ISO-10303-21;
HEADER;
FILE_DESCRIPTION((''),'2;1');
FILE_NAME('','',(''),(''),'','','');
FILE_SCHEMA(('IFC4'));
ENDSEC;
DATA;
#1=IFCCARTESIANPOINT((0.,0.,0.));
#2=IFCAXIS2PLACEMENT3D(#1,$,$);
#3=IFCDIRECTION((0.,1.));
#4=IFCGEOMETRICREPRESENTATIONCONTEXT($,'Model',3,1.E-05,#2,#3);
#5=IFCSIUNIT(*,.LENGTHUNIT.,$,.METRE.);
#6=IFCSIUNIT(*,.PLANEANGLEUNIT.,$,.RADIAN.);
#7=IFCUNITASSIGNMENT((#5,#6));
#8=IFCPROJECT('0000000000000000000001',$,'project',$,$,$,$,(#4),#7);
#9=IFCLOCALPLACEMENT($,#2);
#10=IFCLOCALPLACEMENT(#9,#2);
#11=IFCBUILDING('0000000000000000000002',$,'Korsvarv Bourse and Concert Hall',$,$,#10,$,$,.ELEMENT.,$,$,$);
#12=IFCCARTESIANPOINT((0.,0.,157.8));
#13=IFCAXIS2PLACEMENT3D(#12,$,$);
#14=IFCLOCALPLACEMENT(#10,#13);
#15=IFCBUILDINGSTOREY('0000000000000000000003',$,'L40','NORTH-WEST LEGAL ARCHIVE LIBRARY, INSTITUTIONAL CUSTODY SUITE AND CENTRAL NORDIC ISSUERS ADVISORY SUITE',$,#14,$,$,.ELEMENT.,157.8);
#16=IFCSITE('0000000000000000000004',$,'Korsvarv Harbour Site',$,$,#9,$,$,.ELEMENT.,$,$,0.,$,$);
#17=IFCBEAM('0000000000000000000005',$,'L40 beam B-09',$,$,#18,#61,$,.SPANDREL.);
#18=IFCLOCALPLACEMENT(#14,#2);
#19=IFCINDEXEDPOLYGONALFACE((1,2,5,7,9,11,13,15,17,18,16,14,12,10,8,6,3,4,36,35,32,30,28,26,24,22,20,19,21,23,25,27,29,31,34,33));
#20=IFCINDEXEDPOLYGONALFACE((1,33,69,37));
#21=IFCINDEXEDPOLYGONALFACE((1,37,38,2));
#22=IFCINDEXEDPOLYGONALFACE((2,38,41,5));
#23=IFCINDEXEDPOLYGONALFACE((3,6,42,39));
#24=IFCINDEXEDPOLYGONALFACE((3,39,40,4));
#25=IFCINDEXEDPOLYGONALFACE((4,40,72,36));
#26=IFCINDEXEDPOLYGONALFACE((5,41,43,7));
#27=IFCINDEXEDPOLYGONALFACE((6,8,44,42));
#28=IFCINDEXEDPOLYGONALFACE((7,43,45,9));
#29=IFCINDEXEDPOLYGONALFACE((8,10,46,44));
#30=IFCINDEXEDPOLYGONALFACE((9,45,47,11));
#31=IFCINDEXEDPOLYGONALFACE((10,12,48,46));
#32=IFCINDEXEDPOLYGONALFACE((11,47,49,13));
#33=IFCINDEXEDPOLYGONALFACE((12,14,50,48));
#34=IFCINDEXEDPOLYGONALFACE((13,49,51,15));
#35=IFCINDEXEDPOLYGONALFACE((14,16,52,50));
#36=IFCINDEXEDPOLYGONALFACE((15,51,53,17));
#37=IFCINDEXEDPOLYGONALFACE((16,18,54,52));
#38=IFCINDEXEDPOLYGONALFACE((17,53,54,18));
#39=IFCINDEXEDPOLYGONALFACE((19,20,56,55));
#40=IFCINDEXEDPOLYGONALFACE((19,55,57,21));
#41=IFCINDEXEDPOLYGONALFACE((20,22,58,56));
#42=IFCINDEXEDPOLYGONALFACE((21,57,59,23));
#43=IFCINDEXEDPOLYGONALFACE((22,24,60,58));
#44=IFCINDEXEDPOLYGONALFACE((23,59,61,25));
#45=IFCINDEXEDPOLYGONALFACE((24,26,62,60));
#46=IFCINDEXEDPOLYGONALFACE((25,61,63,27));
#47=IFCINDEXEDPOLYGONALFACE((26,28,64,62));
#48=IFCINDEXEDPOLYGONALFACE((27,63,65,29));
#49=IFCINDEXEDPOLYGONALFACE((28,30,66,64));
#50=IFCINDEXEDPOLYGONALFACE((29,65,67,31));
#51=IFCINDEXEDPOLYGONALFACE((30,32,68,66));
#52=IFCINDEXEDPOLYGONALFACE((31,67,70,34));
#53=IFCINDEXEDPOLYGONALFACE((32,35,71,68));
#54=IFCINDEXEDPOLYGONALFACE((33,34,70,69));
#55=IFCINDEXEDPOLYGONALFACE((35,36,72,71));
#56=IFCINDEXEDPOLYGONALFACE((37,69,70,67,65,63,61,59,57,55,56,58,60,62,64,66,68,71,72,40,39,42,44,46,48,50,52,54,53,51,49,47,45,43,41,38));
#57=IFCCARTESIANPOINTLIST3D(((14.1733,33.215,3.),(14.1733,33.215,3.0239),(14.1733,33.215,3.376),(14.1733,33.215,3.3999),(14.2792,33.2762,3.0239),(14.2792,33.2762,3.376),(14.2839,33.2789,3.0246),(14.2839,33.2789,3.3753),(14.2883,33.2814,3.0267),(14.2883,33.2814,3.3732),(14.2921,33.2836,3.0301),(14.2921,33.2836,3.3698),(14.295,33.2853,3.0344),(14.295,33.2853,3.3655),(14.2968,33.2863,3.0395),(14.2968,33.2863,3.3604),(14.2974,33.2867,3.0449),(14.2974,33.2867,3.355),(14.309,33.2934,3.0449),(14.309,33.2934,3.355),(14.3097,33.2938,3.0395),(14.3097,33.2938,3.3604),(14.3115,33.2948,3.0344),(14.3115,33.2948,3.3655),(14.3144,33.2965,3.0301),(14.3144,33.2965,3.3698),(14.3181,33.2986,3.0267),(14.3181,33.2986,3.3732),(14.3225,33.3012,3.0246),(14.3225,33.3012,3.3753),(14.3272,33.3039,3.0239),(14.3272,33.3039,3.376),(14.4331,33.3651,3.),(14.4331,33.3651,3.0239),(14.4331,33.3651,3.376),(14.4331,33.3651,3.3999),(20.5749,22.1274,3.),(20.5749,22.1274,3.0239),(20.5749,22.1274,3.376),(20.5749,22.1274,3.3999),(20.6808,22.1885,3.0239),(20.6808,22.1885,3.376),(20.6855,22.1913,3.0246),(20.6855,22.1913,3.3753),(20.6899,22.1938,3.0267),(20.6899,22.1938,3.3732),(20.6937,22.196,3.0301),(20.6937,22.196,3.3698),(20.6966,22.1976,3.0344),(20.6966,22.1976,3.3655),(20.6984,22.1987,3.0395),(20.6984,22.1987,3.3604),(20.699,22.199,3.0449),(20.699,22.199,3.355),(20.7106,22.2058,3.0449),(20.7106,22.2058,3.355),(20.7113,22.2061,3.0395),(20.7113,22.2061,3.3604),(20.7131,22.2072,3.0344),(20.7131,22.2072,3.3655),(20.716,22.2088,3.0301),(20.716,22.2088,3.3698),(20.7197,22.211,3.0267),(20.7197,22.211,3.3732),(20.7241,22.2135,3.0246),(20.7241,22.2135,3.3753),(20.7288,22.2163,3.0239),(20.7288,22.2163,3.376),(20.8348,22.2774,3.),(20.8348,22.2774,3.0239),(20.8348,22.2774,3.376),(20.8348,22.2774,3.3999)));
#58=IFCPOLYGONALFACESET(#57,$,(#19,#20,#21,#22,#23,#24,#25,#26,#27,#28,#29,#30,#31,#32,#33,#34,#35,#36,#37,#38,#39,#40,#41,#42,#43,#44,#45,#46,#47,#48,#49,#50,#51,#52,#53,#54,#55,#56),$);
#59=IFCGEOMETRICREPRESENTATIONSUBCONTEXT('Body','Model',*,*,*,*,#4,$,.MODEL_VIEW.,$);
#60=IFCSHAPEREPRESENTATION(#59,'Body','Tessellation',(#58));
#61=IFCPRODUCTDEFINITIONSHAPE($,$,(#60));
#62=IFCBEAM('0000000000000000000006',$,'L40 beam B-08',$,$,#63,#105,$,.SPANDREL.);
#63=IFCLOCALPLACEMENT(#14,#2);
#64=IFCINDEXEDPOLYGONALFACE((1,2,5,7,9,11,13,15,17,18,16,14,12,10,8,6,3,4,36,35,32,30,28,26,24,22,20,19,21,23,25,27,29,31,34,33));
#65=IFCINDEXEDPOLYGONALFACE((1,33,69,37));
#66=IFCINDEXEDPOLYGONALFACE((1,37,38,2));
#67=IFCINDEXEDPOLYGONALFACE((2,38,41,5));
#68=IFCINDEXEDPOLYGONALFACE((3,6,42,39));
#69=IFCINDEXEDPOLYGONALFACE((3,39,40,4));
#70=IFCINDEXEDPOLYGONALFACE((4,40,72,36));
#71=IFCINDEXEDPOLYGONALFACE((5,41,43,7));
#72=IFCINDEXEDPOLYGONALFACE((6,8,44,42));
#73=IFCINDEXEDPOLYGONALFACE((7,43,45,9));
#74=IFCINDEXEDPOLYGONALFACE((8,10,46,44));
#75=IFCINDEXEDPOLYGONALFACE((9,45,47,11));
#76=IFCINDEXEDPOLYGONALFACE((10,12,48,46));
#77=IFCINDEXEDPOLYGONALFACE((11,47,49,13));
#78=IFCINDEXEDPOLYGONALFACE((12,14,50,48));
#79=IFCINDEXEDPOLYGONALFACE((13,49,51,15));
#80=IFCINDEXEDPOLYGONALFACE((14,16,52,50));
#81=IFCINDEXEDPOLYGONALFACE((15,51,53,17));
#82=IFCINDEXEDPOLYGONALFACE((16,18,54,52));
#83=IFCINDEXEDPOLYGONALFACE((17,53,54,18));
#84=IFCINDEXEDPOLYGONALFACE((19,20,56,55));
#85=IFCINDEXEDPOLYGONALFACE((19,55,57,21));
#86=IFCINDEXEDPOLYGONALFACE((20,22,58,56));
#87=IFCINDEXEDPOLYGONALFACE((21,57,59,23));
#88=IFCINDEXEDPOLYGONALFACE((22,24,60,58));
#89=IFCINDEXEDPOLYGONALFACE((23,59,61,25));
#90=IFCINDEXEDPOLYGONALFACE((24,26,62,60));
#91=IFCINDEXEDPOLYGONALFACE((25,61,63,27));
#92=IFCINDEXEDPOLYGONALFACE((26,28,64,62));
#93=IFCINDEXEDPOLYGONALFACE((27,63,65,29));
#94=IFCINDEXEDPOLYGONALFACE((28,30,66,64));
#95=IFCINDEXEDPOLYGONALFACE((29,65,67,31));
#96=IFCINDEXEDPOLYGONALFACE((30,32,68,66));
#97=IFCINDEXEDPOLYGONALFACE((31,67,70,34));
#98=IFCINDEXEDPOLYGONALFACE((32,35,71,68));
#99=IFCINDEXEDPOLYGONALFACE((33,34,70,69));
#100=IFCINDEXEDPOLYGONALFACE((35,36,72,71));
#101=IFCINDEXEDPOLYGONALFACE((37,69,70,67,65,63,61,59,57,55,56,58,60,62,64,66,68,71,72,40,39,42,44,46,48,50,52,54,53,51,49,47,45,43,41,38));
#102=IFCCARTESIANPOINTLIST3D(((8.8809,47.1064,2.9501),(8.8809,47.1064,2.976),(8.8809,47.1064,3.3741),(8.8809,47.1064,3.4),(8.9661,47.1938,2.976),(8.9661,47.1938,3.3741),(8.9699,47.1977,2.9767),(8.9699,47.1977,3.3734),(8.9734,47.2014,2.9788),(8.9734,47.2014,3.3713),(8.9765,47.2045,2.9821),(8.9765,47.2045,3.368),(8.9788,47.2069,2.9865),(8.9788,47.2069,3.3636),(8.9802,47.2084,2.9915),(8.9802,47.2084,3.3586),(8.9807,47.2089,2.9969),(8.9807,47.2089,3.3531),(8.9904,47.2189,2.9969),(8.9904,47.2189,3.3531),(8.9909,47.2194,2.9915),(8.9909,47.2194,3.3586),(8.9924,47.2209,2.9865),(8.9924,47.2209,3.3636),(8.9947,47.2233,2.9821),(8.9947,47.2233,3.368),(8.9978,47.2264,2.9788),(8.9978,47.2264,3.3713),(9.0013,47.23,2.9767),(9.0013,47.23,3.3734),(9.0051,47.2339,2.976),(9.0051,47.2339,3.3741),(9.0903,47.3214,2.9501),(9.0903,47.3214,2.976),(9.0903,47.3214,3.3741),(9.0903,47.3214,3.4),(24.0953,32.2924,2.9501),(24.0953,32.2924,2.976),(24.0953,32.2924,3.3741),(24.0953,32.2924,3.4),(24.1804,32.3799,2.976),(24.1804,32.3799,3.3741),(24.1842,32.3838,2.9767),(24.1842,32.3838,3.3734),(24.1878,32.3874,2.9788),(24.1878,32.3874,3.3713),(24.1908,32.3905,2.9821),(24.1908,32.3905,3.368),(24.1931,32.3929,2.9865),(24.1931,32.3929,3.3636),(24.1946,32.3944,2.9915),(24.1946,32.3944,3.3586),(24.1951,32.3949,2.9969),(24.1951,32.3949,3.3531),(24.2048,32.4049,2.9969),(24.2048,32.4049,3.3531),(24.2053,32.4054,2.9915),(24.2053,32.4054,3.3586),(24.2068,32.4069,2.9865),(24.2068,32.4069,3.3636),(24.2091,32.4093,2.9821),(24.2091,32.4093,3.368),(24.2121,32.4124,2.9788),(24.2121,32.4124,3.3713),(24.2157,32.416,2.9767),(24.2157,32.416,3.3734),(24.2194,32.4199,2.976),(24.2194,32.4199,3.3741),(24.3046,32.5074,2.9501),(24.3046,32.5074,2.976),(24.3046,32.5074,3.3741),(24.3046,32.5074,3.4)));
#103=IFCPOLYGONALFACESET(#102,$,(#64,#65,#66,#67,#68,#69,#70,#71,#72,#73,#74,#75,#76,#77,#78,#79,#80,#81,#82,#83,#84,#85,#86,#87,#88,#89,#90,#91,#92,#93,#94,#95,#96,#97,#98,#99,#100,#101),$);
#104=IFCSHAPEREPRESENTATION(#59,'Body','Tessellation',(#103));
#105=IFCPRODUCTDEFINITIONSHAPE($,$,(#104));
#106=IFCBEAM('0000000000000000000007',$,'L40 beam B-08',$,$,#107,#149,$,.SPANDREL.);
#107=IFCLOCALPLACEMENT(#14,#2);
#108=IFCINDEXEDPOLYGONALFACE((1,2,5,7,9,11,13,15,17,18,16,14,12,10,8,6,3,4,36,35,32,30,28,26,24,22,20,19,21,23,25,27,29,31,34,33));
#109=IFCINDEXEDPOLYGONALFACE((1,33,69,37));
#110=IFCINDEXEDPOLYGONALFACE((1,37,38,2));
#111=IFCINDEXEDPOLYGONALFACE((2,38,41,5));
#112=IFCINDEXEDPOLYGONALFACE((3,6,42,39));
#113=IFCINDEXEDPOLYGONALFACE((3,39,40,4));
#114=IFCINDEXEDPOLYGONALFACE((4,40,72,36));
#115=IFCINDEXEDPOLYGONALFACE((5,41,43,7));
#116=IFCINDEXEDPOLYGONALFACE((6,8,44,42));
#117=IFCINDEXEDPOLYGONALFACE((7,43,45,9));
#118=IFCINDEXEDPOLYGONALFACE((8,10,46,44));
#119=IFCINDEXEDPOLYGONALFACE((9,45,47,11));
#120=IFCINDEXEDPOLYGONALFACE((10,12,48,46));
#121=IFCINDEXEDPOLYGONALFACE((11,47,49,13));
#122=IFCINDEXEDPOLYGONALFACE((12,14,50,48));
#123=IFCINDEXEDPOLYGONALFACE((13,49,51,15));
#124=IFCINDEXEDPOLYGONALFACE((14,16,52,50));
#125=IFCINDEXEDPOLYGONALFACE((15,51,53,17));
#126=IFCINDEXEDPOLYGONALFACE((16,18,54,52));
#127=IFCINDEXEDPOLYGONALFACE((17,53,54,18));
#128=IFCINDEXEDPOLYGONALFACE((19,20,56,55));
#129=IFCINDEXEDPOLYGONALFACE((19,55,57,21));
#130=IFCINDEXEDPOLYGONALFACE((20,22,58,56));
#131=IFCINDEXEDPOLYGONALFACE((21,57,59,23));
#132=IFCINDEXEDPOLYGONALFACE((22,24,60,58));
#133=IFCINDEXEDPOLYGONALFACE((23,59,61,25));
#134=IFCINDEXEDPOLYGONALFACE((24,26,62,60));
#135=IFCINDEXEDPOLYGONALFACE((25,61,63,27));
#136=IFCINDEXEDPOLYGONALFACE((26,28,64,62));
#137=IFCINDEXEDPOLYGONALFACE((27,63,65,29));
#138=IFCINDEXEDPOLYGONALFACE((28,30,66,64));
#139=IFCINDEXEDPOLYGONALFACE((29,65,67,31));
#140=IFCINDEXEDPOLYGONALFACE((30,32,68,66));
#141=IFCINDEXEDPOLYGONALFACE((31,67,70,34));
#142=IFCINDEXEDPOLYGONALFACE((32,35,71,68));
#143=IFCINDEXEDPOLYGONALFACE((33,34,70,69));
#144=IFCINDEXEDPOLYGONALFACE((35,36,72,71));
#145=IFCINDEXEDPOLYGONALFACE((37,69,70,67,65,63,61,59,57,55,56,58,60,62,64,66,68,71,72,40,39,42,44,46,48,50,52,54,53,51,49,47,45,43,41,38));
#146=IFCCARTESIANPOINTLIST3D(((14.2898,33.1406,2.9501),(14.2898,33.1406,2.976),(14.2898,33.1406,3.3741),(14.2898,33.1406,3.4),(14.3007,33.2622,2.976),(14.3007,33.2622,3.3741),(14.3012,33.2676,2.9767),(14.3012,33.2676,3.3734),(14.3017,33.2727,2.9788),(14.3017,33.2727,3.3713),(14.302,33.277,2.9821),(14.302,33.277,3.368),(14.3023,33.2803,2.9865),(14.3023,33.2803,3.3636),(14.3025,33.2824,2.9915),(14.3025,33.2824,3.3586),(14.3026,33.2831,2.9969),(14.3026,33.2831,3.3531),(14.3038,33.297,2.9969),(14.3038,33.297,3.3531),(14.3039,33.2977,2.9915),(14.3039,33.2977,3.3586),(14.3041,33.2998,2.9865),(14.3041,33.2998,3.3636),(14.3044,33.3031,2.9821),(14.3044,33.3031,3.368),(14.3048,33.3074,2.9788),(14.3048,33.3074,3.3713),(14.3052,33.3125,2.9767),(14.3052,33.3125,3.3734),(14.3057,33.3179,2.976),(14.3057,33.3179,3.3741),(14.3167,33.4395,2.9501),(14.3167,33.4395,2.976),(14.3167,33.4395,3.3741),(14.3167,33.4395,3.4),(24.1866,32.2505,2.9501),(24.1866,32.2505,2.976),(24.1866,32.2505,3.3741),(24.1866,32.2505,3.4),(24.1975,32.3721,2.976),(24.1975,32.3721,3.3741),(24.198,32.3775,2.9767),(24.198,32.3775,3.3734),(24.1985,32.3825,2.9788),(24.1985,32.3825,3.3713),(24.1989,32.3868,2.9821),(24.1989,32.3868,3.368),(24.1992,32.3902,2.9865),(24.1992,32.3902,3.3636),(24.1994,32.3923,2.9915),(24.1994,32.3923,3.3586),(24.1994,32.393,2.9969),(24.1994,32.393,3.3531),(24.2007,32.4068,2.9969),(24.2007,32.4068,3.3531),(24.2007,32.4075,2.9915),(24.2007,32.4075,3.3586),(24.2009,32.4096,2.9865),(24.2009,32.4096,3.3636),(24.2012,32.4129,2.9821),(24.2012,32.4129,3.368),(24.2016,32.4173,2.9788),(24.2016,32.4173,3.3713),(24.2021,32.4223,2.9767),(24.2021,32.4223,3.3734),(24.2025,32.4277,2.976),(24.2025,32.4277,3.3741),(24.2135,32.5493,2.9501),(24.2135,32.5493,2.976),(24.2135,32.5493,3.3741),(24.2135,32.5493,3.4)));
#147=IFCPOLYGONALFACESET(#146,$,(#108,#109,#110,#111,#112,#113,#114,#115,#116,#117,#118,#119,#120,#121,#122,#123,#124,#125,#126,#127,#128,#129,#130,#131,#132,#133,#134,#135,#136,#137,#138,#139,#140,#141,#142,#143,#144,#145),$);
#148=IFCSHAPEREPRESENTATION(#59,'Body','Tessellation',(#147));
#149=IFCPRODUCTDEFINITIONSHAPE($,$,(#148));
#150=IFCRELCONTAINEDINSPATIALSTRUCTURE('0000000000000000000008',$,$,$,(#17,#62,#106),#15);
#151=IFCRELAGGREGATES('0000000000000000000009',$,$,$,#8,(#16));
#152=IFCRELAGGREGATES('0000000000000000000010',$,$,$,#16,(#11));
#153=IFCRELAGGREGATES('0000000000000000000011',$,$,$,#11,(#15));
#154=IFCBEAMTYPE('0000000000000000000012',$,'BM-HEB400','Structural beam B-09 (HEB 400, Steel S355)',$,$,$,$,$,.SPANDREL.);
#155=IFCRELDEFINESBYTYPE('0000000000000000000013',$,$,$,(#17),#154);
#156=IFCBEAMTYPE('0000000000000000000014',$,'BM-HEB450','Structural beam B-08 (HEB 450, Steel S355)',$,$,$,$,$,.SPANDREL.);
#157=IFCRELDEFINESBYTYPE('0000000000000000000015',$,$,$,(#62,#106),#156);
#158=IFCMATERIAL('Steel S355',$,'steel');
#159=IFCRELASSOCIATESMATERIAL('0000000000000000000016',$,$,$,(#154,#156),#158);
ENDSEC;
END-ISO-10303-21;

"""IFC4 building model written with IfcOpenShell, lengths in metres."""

from ifc_helpers import new_model, si_unit, direction, frame, origin, origin_2d, place, context, subcontext, project, spatial, i_section, extrude, source, transform, mapped, material, material_profile, profile_set, type_object, element, save


model = new_model("IFC4")

# Units and contexts
model_context = context("Model", 3, precision=1e-05, world=origin(), true_north=direction((0.0, 1.0)))
body_context = subcontext(model_context, "Body", "Model", "MODEL_VIEW")
ifc_project = project(units=[si_unit("LENGTHUNIT", "METRE"), si_unit("PLANEANGLEUNIT", "RADIAN")], contexts=[model_context])

# Site, building, storey
site_placement = place(None, origin())
site = spatial("IfcSite", under=ifc_project, at=site_placement, Name="Korsvarv Harbour Site", CompositionType="ELEMENT", RefElevation=0.0)
building_placement = place(site_placement, origin())
building = spatial("IfcBuilding", under=site, at=building_placement, Name="Korsvarv Bourse and Concert Hall", CompositionType="ELEMENT")
storey_placement = place(building_placement, frame((0.0, 0.0, 157.8)))
storey = spatial("IfcBuildingStorey", under=building, at=storey_placement, Name="L40", Description="NORTH-WEST LEGAL ARCHIVE LIBRARY, INSTITUTIONAL CUSTODY SUITE AND CENTRAL NORDIC ISSUERS ADVISORY SUITE", CompositionType="ELEMENT", Elevation=157.8)

# Shared definitions
ifc_material_1 = material(Name="Steel S355", Category="steel")

# Beams
ifc_material_profile_1 = material_profile(ifc_material_1, i_section(OverallWidth=0.3, OverallDepth=0.3999, WebThickness=0.0134, FlangeThickness=0.0239, FilletRadius=0.021, at=origin_2d()), Name="HEB 400")
ifc_profile_set_1 = profile_set([ifc_material_profile_1], Name="Steel S355")
beam_type_1 = type_object("IfcBeamType", Name="BM-HEB400", Description="Structural beam B-09 (HEB 400, Steel S355)", PredefinedType="SPANDREL", material=ifc_profile_set_1)
shared_shape_1 = source(origin(), body_context, "Body", "SweptSolid", [
    extrude(i_section(OverallWidth=0.3, OverallDepth=0.3999, WebThickness=0.0134, FlangeThickness=0.0239, FilletRadius=0.021, at=origin_2d()), origin(), (0.0, 0.0, 1.0), 12.803),
])
beam_1_placement = place(storey_placement, frame((14.3032, 33.29, 3.2), z_axis=(0.500009, -0.86602, 0.0), x_axis=(0.86602, 0.500009, 0.0)))
element("IfcBeam", 1, at=beam_1_placement, inside=storey, type_object=beam_type_1, Name="L40 beam B-09", PredefinedType="SPANDREL", context=body_context, shape_type="MappedRepresentation", body=[
    mapped(shared_shape_1, transform((0.0, 0.0, 0.0), scale=1.0)),
])
ifc_material_profile_2 = material_profile(ifc_material_1, i_section(OverallWidth=0.3, OverallDepth=0.45, WebThickness=0.0139, FlangeThickness=0.0259, FilletRadius=0.021, at=origin_2d()), Name="HEB 450")
ifc_profile_set_2 = profile_set([ifc_material_profile_2], Name="Steel S355")
beam_type_2 = type_object("IfcBeamType", Name="BM-HEB450", Description="Structural beam B-08 (HEB 450, Steel S355)", PredefinedType="SPANDREL", material=ifc_profile_set_2)
shared_shape_2 = source(origin(), body_context, "Body", "SweptSolid", [
    extrude(i_section(OverallWidth=0.3, OverallDepth=0.45, WebThickness=0.0139, FlangeThickness=0.0259, FilletRadius=0.021, at=origin_2d()), origin(), (0.0, 0.0, 1.0), 21.2351),
])
beam_2_placement = place(storey_placement, frame((8.9856, 47.2139, 3.175), z_axis=(0.716471, -0.697616, 0.0), x_axis=(0.697616, 0.716471, 0.0)))
element("IfcBeam", 2, at=beam_2_placement, inside=storey, type_object=beam_type_2, Name="L40 beam B-08", PredefinedType="SPANDREL", context=body_context, shape_type="MappedRepresentation", body=[
    mapped(shared_shape_2, transform((0.0, 0.0, 0.0), scale=1.0)),
])
shared_shape_3 = source(origin(), body_context, "Body", "SweptSolid", [
    extrude(i_section(OverallWidth=0.3, OverallDepth=0.45, WebThickness=0.0139, FlangeThickness=0.0259, FilletRadius=0.021, at=origin_2d()), origin(), (0.0, 0.0, 1.0), 9.9368),
])
beam_3_placement = place(storey_placement, frame((14.3032, 33.29, 3.175), z_axis=(0.99598, -0.089581, 0.0), x_axis=(0.089581, 0.99598, 0.0)))
element("IfcBeam", 3, at=beam_3_placement, inside=storey, type_object=beam_type_2, Name="L40 beam B-08", PredefinedType="SPANDREL", context=body_context, shape_type="MappedRepresentation", body=[
    mapped(shared_shape_3, transform((0.0, 0.0, 0.0), scale=1.0)),
])

save(model, "model.ifc")
